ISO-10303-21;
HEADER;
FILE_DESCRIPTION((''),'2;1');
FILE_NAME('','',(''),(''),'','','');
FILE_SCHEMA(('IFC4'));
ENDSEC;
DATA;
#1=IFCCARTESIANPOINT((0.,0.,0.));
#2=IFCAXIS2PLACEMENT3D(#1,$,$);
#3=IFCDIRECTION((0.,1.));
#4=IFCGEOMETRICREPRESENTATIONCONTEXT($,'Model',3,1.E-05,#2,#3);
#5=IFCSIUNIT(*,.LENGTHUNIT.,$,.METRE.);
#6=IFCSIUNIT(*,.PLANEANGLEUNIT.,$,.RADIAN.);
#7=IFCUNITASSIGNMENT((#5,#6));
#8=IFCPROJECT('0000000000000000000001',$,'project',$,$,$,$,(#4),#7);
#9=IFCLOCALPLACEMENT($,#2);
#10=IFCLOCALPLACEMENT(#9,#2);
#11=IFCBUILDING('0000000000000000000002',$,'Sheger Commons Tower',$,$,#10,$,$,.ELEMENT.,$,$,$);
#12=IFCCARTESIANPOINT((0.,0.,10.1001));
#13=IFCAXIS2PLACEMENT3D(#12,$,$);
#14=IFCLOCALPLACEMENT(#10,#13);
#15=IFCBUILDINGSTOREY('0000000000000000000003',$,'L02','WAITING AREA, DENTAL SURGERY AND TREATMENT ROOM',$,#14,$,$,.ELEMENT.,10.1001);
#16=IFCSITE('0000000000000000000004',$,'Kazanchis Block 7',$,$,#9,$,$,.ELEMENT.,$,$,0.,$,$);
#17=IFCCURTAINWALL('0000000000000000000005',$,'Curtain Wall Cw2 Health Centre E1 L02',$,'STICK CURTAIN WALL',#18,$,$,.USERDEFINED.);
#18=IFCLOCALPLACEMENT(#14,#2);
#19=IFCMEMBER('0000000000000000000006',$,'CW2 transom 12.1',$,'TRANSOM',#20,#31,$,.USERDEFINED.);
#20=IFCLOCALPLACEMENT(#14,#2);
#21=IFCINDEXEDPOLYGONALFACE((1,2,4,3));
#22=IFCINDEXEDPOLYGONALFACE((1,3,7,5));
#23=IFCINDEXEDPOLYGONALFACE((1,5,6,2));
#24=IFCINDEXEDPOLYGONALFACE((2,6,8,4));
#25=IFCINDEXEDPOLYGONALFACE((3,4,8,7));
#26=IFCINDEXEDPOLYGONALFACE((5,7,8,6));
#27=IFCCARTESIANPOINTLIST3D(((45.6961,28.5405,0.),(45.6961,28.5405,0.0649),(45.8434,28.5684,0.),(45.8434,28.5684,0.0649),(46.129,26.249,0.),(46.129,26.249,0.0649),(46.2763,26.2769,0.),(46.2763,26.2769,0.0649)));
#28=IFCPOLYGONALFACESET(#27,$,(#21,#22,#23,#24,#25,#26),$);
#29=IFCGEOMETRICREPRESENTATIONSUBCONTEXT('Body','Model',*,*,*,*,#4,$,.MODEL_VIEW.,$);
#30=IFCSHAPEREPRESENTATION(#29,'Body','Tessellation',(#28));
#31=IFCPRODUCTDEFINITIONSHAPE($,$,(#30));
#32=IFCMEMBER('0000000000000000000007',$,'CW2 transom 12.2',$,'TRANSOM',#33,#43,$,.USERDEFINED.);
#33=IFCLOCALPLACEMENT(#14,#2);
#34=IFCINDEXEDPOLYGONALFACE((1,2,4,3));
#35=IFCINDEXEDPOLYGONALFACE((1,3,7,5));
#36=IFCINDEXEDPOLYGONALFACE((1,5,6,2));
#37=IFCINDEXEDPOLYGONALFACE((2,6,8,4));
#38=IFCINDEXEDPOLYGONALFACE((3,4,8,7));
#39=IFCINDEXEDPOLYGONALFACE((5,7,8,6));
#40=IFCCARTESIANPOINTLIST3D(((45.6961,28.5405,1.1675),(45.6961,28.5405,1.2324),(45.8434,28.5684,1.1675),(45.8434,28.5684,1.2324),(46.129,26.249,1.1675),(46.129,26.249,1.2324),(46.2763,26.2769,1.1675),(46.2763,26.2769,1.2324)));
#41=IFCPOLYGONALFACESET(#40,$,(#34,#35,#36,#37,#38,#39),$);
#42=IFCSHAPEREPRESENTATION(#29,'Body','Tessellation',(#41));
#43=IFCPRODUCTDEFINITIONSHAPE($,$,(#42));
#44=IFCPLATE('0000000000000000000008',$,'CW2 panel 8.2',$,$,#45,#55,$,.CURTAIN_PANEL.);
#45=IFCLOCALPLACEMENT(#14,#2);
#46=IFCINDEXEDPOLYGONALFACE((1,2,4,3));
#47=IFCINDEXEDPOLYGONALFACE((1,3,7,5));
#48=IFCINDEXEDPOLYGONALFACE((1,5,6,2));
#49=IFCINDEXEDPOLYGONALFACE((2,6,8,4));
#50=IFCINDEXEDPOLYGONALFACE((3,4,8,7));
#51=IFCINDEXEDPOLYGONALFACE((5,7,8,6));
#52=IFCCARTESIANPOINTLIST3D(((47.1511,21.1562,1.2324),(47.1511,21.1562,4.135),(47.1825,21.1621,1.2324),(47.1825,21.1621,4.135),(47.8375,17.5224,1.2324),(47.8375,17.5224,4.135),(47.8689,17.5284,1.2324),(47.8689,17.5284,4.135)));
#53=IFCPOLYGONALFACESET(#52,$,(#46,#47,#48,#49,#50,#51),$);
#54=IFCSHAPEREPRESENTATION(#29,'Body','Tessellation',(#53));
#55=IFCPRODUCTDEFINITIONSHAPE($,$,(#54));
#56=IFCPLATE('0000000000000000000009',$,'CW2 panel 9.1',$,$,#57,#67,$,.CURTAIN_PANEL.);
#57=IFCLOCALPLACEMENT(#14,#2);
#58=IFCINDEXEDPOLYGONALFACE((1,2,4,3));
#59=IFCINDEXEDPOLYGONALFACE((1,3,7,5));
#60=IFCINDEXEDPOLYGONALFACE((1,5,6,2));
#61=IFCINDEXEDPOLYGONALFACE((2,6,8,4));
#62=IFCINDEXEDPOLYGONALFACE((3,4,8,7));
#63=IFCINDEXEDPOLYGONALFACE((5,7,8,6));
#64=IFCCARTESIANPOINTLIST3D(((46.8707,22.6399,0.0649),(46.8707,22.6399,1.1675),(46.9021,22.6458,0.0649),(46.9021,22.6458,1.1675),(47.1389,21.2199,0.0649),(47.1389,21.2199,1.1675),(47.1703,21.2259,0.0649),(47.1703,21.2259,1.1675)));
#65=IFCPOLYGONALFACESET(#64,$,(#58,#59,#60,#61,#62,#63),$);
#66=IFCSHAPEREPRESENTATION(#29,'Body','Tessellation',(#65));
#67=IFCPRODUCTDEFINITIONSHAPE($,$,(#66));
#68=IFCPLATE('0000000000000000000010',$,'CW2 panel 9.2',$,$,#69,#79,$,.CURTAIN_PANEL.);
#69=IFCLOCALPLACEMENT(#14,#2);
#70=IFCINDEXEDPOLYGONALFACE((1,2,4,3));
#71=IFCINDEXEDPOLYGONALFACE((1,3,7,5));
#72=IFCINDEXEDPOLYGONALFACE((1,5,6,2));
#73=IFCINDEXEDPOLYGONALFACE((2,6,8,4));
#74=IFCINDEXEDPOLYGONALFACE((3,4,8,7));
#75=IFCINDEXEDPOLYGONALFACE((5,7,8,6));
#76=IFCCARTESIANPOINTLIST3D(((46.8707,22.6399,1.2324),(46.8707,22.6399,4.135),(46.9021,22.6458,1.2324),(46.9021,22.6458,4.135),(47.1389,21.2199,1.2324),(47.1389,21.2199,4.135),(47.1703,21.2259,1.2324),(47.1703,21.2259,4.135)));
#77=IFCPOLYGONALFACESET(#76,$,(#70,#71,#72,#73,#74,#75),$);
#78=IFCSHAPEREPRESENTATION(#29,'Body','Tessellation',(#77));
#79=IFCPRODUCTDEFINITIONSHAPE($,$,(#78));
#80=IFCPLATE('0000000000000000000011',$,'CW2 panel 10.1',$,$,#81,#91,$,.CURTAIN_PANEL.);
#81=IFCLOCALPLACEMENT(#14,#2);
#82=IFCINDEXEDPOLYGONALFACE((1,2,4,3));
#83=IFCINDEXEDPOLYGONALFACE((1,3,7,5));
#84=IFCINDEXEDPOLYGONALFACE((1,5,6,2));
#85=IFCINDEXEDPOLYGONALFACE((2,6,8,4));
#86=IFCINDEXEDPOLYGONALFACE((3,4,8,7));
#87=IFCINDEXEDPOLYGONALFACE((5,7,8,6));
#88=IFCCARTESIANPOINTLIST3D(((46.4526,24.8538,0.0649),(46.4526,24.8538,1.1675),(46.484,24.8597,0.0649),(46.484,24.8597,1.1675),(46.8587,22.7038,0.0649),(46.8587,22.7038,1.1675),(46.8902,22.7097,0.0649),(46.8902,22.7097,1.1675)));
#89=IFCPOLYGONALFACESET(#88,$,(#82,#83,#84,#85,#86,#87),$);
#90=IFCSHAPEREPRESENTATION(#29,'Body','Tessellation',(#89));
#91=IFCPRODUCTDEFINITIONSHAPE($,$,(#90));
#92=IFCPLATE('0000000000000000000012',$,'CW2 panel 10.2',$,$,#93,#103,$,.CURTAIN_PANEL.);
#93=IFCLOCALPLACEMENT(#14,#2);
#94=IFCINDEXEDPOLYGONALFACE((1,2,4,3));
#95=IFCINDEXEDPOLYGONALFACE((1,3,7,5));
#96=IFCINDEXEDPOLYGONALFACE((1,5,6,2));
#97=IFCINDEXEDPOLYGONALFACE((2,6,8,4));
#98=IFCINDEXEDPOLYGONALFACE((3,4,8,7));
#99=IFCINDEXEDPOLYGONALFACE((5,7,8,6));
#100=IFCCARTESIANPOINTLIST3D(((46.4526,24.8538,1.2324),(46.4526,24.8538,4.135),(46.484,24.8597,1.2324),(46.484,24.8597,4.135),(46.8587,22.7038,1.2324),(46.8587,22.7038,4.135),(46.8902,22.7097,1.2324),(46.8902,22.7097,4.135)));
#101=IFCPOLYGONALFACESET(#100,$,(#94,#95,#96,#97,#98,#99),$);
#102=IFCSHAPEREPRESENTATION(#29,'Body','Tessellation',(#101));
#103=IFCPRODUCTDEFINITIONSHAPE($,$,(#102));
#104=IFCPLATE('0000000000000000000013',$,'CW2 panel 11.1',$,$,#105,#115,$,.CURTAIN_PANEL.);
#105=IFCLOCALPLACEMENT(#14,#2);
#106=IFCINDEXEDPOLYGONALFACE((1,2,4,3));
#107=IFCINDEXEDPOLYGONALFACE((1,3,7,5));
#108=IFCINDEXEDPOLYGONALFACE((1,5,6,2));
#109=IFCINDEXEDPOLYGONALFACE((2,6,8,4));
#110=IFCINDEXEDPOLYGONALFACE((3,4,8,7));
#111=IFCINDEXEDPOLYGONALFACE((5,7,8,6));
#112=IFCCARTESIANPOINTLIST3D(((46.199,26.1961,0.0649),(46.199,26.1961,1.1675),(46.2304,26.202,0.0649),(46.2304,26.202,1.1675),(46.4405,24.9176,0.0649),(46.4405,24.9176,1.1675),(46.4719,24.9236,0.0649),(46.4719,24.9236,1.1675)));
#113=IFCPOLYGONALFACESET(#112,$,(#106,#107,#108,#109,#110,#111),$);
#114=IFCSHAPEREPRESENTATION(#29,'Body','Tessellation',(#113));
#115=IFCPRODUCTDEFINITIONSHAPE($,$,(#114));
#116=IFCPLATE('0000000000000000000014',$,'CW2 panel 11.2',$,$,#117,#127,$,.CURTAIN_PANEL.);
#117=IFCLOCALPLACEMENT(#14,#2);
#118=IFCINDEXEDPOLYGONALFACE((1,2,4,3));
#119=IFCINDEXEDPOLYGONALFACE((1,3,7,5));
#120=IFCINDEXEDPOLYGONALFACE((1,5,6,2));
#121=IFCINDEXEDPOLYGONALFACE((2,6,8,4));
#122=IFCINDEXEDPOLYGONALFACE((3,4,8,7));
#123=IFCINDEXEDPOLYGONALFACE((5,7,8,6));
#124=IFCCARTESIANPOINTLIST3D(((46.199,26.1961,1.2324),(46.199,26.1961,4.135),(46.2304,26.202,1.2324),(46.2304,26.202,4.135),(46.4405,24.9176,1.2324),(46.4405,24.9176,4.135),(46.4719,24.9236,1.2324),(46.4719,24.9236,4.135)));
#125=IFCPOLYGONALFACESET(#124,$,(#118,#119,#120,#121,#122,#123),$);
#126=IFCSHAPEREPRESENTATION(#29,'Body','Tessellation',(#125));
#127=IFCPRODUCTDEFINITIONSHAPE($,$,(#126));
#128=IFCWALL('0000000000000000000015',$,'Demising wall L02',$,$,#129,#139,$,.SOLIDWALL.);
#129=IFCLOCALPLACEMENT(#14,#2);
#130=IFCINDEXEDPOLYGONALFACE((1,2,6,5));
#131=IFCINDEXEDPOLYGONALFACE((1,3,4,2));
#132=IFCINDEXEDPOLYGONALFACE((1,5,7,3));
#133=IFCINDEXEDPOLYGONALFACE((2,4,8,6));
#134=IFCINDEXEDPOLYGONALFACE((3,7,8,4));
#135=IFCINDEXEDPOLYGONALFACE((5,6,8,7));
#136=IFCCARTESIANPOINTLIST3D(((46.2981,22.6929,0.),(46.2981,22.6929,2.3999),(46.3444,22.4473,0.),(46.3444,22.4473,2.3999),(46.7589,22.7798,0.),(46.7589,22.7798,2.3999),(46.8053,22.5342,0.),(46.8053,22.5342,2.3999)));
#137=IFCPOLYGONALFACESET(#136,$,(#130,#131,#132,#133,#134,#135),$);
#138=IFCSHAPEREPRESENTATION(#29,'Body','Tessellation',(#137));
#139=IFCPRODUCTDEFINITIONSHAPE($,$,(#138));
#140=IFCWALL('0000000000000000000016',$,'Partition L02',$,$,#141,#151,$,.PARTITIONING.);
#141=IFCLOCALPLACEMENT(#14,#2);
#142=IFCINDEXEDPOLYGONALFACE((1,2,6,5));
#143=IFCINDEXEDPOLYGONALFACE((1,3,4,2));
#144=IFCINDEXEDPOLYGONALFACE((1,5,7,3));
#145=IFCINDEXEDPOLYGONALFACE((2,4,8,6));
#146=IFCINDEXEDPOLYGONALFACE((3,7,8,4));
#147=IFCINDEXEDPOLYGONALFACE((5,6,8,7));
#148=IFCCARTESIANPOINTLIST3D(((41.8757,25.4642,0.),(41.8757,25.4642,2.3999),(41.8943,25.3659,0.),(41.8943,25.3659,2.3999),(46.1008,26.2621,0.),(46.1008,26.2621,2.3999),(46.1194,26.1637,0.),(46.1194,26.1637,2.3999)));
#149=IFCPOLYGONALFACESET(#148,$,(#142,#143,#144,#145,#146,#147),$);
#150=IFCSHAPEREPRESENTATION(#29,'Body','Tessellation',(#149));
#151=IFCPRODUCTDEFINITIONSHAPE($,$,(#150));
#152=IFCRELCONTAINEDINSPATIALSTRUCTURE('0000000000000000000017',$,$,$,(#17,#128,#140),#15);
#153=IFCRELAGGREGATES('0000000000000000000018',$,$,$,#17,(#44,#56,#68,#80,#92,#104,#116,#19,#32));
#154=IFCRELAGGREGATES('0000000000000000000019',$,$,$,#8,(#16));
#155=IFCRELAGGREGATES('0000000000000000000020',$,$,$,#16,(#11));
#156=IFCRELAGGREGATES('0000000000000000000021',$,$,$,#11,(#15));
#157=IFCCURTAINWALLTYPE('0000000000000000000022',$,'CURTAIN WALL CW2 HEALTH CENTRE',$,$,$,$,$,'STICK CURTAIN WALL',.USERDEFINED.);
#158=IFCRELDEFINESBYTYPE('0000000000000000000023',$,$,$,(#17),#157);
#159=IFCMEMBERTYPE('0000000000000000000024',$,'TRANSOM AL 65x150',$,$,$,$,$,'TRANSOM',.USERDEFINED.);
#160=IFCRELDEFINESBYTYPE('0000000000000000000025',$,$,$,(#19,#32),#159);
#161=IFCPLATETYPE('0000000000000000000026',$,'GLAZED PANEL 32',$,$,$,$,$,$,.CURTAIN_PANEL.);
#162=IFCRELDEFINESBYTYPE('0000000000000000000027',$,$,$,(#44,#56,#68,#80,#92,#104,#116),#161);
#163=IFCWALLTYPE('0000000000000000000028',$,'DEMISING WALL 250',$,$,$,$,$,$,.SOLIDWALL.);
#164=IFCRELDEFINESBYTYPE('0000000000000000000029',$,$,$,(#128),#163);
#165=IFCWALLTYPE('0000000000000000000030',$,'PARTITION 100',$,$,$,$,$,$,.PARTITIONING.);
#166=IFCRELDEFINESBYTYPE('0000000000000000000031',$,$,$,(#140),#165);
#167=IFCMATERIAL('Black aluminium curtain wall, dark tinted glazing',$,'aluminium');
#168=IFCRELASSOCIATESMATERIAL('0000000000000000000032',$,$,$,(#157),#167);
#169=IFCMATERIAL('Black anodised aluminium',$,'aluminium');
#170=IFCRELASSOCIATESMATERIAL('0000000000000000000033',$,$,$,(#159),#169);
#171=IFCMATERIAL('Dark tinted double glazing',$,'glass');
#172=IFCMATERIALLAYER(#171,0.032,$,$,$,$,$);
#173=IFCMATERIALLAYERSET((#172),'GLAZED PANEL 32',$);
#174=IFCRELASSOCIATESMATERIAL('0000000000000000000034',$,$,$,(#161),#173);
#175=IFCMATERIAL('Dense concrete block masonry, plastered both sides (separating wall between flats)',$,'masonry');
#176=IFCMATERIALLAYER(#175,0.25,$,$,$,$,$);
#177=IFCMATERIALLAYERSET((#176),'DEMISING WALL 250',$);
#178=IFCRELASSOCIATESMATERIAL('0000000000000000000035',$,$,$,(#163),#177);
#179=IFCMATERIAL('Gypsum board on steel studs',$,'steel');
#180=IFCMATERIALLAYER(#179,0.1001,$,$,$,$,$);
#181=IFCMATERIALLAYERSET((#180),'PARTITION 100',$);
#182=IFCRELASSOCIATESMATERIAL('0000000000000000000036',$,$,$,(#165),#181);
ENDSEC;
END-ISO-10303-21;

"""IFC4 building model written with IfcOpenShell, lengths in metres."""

from ifc_helpers import new_model, si_unit, direction, frame, frame_2d, origin, origin_2d, place, context, subcontext, project, spatial, rectangle, extrude, material, layer, layer_set, material_profile, profile_set, type_object, element, aggregate, save


model = new_model("IFC4")

# Units and contexts
model_context = context("Model", 3, precision=1e-05, world=origin(), true_north=direction((0.0, 1.0)))
body_context = subcontext(model_context, "Body", "Model", "MODEL_VIEW")
ifc_project = project(units=[si_unit("LENGTHUNIT", "METRE"), si_unit("PLANEANGLEUNIT", "RADIAN")], contexts=[model_context])

# Site, building, storey
site_placement = place(None, origin())
site = spatial("IfcSite", under=ifc_project, at=site_placement, Name="Kazanchis Block 7", CompositionType="ELEMENT", RefElevation=0.0)
building_placement = place(site_placement, origin())
building = spatial("IfcBuilding", under=site, at=building_placement, Name="Sheger Commons Tower", CompositionType="ELEMENT")
storey_placement = place(building_placement, frame((0.0, 0.0, 10.1001)))
storey = spatial("IfcBuildingStorey", under=building, at=storey_placement, Name="L02", Description="WAITING AREA, DENTAL SURGERY AND TREATMENT ROOM", CompositionType="ELEMENT", Elevation=10.1001)

# Curtain wall, members, plates
ifc_material_1 = material(Name="Black aluminium curtain wall, dark tinted glazing", Category="aluminium")
curtain_wall_type = type_object("IfcCurtainWallType", Name="CURTAIN WALL CW2 HEALTH CENTRE", ElementType="STICK CURTAIN WALL", PredefinedType="USERDEFINED", material=ifc_material_1)
curtain_wall_placement = place(storey_placement, origin())
curtain_wall = element("IfcCurtainWall", 1, at=curtain_wall_placement, inside=storey, type_object=curtain_wall_type, Name="Curtain Wall Cw2 Health Centre E1 L02", ObjectType="STICK CURTAIN WALL", PredefinedType="USERDEFINED")
ifc_material_2 = material(Name="Black anodised aluminium", Category="aluminium")
ifc_material_profile_1 = material_profile(ifc_material_2, rectangle(XDim=0.1499, YDim=0.0649, at=origin_2d()), Name="AL 65x150")
ifc_profile_set_1 = profile_set([ifc_material_profile_1], Name="Black anodised aluminium")
member_type_1 = type_object("IfcMemberType", Name="TRANSOM AL 65x150", ElementType="TRANSOM", PredefinedType="USERDEFINED", material=ifc_profile_set_1)
member_1_placement = place(storey_placement, frame((46.2026, 26.2629, 0.0325), z_axis=(-0.185616, 0.982622, 0.0), x_axis=(-0.982622, -0.185616, 0.0)))
member_1 = element("IfcMember", 2, at=member_1_placement, type_object=member_type_1, Name="CW2 transom 12.1", ObjectType="TRANSOM", PredefinedType="USERDEFINED", context=body_context, shape_type="SweptSolid", body=[
    extrude(rectangle(XDim=0.1499, YDim=0.0649, at=origin_2d()), origin(), (0.0, 0.0, 1.0), 2.332),
])
member_2_placement = place(storey_placement, frame((46.2026, 26.2629, 1.2), z_axis=(-0.185616, 0.982622, 0.0), x_axis=(-0.982622, -0.185616, 0.0)))
member_2 = element("IfcMember", 3, at=member_2_placement, type_object=member_type_1, Name="CW2 transom 12.2", ObjectType="TRANSOM", PredefinedType="USERDEFINED", context=body_context, shape_type="SweptSolid", body=[
    extrude(rectangle(XDim=0.1499, YDim=0.0649, at=origin_2d()), origin(), (0.0, 0.0, 1.0), 2.332),
])
ifc_material_3 = material(Name="Dark tinted double glazing", Category="glass")
ifc_layer_1 = layer(ifc_material_3, 0.032)
ifc_layer_set_1 = layer_set([ifc_layer_1], Name="GLAZED PANEL 32")
plate_type = type_object("IfcPlateType", Name="GLAZED PANEL 32", PredefinedType="CURTAIN_PANEL", material=ifc_layer_set_1)
plate_1_placement = place(storey_placement, frame((47.51, 19.3423, 1.2324), z_axis=(0.0, 0.0, 1.0), x_axis=(-0.18561, 0.982624, 0.0)))
plate_1 = element("IfcPlate", 4, at=plate_1_placement, type_object=plate_type, Name="CW2 panel 8.2", PredefinedType="CURTAIN_PANEL", context=body_context, shape_type="SweptSolid", body=[
    extrude(rectangle(XDim=3.698, YDim=0.032, at=origin_2d()), origin(), (0.0, 0.0, 1.0), 2.9026),
])
plate_2_placement = place(storey_placement, frame((47.0205, 21.9329, 0.0649), z_axis=(0.0, 0.0, 1.0), x_axis=(-0.18561, 0.982624, 0.0)))
plate_2 = element("IfcPlate", 5, at=plate_2_placement, type_object=plate_type, Name="CW2 panel 9.1", PredefinedType="CURTAIN_PANEL", context=body_context, shape_type="SweptSolid", body=[
    extrude(rectangle(XDim=1.4451, YDim=0.032, at=origin_2d()), origin(), (0.0, 0.0, 1.0), 1.1025),
])
plate_3_placement = place(storey_placement, frame((47.0205, 21.9329, 1.2324), z_axis=(0.0, 0.0, 1.0), x_axis=(-0.18561, 0.982624, 0.0)))
plate_3 = element("IfcPlate", 6, at=plate_3_placement, type_object=plate_type, Name="CW2 panel 9.2", PredefinedType="CURTAIN_PANEL", context=body_context, shape_type="SweptSolid", body=[
    extrude(rectangle(XDim=1.4451, YDim=0.032, at=origin_2d()), origin(), (0.0, 0.0, 1.0), 2.9026),
])
plate_4_placement = place(storey_placement, frame((46.6714, 23.7817, 0.0649), z_axis=(0.0, 0.0, 1.0), x_axis=(-0.18561, 0.982624, 0.0)))
plate_4 = element("IfcPlate", 7, at=plate_4_placement, type_object=plate_type, Name="CW2 panel 10.1", PredefinedType="CURTAIN_PANEL", context=body_context, shape_type="SweptSolid", body=[
    extrude(rectangle(XDim=2.188, YDim=0.032, at=origin_2d()), origin(), (0.0, 0.0, 1.0), 1.1025),
])
plate_5_placement = place(storey_placement, frame((46.6714, 23.7817, 1.2324), z_axis=(0.0, 0.0, 1.0), x_axis=(-0.18561, 0.982624, 0.0)))
plate_5 = element("IfcPlate", 8, at=plate_5_placement, type_object=plate_type, Name="CW2 panel 10.2", PredefinedType="CURTAIN_PANEL", context=body_context, shape_type="SweptSolid", body=[
    extrude(rectangle(XDim=2.188, YDim=0.032, at=origin_2d()), origin(), (0.0, 0.0, 1.0), 2.9026),
])
plate_6_placement = place(storey_placement, frame((46.3354, 25.5598, 0.0649), z_axis=(0.0, 0.0, 1.0), x_axis=(-0.18561, 0.982624, 0.0)))
plate_6 = element("IfcPlate", 9, at=plate_6_placement, type_object=plate_type, Name="CW2 panel 11.1", PredefinedType="CURTAIN_PANEL", context=body_context, shape_type="SweptSolid", body=[
    extrude(rectangle(XDim=1.301, YDim=0.032, at=origin_2d()), origin(), (0.0, 0.0, 1.0), 1.1025),
])
plate_7_placement = place(storey_placement, frame((46.3354, 25.5598, 1.2324), z_axis=(0.0, 0.0, 1.0), x_axis=(-0.18561, 0.982624, 0.0)))
plate_7 = element("IfcPlate", 10, at=plate_7_placement, type_object=plate_type, Name="CW2 panel 11.2", PredefinedType="CURTAIN_PANEL", context=body_context, shape_type="SweptSolid", body=[
    extrude(rectangle(XDim=1.301, YDim=0.032, at=origin_2d()), origin(), (0.0, 0.0, 1.0), 2.9026),
])
aggregate(curtain_wall, [plate_1, plate_2, plate_3, plate_4, plate_5, plate_6, plate_7, member_1, member_2])

# Walls
ifc_material_4 = material(Name="Dense concrete block masonry, plastered both sides (separating wall between flats)", Category="masonry")
ifc_layer_2 = layer(ifc_material_4, 0.25)
ifc_layer_set_2 = layer_set([ifc_layer_2], Name="DEMISING WALL 250")
wall_type_1 = type_object("IfcWallType", Name="DEMISING WALL 250", PredefinedType="SOLIDWALL", material=ifc_layer_set_2)
wall_1_placement = place(storey_placement, frame((46.782, 22.657, 0.0), z_axis=(0.0, 0.0, 1.0), x_axis=(-0.982683, -0.185294, 0.0)))
element("IfcWall", 11, at=wall_1_placement, inside=storey, type_object=wall_type_1, Name="Demising wall L02", PredefinedType="SOLIDWALL", context=body_context, shape_type="SweptSolid", body=[
    extrude(rectangle(XDim=0.469, YDim=0.25, at=frame_2d((0.2344, 0.0))), origin(), (0.0, 0.0, 1.0), 2.3999),
])
ifc_material_5 = material(Name="Gypsum board on steel studs", Category="steel")
ifc_layer_3 = layer(ifc_material_5, 0.1001)
ifc_layer_set_3 = layer_set([ifc_layer_3], Name="PARTITION 100")
wall_type_2 = type_object("IfcWallType", Name="PARTITION 100", PredefinedType="PARTITIONING", material=ifc_layer_set_3)
wall_2_placement = place(storey_placement, frame((46.1101, 26.2129, 0.0), z_axis=(0.0, 0.0, 1.0), x_axis=(-0.982634, -0.185557, 0.0)))
element("IfcWall", 12, at=wall_2_placement, inside=storey, type_object=wall_type_2, Name="Partition L02", PredefinedType="PARTITIONING", context=body_context, shape_type="SweptSolid", body=[
    extrude(rectangle(XDim=4.2998, YDim=0.1001, at=frame_2d((2.1499, 0.0))), origin(), (0.0, 0.0, 1.0), 2.3999),
])

save(model, "model.ifc")
